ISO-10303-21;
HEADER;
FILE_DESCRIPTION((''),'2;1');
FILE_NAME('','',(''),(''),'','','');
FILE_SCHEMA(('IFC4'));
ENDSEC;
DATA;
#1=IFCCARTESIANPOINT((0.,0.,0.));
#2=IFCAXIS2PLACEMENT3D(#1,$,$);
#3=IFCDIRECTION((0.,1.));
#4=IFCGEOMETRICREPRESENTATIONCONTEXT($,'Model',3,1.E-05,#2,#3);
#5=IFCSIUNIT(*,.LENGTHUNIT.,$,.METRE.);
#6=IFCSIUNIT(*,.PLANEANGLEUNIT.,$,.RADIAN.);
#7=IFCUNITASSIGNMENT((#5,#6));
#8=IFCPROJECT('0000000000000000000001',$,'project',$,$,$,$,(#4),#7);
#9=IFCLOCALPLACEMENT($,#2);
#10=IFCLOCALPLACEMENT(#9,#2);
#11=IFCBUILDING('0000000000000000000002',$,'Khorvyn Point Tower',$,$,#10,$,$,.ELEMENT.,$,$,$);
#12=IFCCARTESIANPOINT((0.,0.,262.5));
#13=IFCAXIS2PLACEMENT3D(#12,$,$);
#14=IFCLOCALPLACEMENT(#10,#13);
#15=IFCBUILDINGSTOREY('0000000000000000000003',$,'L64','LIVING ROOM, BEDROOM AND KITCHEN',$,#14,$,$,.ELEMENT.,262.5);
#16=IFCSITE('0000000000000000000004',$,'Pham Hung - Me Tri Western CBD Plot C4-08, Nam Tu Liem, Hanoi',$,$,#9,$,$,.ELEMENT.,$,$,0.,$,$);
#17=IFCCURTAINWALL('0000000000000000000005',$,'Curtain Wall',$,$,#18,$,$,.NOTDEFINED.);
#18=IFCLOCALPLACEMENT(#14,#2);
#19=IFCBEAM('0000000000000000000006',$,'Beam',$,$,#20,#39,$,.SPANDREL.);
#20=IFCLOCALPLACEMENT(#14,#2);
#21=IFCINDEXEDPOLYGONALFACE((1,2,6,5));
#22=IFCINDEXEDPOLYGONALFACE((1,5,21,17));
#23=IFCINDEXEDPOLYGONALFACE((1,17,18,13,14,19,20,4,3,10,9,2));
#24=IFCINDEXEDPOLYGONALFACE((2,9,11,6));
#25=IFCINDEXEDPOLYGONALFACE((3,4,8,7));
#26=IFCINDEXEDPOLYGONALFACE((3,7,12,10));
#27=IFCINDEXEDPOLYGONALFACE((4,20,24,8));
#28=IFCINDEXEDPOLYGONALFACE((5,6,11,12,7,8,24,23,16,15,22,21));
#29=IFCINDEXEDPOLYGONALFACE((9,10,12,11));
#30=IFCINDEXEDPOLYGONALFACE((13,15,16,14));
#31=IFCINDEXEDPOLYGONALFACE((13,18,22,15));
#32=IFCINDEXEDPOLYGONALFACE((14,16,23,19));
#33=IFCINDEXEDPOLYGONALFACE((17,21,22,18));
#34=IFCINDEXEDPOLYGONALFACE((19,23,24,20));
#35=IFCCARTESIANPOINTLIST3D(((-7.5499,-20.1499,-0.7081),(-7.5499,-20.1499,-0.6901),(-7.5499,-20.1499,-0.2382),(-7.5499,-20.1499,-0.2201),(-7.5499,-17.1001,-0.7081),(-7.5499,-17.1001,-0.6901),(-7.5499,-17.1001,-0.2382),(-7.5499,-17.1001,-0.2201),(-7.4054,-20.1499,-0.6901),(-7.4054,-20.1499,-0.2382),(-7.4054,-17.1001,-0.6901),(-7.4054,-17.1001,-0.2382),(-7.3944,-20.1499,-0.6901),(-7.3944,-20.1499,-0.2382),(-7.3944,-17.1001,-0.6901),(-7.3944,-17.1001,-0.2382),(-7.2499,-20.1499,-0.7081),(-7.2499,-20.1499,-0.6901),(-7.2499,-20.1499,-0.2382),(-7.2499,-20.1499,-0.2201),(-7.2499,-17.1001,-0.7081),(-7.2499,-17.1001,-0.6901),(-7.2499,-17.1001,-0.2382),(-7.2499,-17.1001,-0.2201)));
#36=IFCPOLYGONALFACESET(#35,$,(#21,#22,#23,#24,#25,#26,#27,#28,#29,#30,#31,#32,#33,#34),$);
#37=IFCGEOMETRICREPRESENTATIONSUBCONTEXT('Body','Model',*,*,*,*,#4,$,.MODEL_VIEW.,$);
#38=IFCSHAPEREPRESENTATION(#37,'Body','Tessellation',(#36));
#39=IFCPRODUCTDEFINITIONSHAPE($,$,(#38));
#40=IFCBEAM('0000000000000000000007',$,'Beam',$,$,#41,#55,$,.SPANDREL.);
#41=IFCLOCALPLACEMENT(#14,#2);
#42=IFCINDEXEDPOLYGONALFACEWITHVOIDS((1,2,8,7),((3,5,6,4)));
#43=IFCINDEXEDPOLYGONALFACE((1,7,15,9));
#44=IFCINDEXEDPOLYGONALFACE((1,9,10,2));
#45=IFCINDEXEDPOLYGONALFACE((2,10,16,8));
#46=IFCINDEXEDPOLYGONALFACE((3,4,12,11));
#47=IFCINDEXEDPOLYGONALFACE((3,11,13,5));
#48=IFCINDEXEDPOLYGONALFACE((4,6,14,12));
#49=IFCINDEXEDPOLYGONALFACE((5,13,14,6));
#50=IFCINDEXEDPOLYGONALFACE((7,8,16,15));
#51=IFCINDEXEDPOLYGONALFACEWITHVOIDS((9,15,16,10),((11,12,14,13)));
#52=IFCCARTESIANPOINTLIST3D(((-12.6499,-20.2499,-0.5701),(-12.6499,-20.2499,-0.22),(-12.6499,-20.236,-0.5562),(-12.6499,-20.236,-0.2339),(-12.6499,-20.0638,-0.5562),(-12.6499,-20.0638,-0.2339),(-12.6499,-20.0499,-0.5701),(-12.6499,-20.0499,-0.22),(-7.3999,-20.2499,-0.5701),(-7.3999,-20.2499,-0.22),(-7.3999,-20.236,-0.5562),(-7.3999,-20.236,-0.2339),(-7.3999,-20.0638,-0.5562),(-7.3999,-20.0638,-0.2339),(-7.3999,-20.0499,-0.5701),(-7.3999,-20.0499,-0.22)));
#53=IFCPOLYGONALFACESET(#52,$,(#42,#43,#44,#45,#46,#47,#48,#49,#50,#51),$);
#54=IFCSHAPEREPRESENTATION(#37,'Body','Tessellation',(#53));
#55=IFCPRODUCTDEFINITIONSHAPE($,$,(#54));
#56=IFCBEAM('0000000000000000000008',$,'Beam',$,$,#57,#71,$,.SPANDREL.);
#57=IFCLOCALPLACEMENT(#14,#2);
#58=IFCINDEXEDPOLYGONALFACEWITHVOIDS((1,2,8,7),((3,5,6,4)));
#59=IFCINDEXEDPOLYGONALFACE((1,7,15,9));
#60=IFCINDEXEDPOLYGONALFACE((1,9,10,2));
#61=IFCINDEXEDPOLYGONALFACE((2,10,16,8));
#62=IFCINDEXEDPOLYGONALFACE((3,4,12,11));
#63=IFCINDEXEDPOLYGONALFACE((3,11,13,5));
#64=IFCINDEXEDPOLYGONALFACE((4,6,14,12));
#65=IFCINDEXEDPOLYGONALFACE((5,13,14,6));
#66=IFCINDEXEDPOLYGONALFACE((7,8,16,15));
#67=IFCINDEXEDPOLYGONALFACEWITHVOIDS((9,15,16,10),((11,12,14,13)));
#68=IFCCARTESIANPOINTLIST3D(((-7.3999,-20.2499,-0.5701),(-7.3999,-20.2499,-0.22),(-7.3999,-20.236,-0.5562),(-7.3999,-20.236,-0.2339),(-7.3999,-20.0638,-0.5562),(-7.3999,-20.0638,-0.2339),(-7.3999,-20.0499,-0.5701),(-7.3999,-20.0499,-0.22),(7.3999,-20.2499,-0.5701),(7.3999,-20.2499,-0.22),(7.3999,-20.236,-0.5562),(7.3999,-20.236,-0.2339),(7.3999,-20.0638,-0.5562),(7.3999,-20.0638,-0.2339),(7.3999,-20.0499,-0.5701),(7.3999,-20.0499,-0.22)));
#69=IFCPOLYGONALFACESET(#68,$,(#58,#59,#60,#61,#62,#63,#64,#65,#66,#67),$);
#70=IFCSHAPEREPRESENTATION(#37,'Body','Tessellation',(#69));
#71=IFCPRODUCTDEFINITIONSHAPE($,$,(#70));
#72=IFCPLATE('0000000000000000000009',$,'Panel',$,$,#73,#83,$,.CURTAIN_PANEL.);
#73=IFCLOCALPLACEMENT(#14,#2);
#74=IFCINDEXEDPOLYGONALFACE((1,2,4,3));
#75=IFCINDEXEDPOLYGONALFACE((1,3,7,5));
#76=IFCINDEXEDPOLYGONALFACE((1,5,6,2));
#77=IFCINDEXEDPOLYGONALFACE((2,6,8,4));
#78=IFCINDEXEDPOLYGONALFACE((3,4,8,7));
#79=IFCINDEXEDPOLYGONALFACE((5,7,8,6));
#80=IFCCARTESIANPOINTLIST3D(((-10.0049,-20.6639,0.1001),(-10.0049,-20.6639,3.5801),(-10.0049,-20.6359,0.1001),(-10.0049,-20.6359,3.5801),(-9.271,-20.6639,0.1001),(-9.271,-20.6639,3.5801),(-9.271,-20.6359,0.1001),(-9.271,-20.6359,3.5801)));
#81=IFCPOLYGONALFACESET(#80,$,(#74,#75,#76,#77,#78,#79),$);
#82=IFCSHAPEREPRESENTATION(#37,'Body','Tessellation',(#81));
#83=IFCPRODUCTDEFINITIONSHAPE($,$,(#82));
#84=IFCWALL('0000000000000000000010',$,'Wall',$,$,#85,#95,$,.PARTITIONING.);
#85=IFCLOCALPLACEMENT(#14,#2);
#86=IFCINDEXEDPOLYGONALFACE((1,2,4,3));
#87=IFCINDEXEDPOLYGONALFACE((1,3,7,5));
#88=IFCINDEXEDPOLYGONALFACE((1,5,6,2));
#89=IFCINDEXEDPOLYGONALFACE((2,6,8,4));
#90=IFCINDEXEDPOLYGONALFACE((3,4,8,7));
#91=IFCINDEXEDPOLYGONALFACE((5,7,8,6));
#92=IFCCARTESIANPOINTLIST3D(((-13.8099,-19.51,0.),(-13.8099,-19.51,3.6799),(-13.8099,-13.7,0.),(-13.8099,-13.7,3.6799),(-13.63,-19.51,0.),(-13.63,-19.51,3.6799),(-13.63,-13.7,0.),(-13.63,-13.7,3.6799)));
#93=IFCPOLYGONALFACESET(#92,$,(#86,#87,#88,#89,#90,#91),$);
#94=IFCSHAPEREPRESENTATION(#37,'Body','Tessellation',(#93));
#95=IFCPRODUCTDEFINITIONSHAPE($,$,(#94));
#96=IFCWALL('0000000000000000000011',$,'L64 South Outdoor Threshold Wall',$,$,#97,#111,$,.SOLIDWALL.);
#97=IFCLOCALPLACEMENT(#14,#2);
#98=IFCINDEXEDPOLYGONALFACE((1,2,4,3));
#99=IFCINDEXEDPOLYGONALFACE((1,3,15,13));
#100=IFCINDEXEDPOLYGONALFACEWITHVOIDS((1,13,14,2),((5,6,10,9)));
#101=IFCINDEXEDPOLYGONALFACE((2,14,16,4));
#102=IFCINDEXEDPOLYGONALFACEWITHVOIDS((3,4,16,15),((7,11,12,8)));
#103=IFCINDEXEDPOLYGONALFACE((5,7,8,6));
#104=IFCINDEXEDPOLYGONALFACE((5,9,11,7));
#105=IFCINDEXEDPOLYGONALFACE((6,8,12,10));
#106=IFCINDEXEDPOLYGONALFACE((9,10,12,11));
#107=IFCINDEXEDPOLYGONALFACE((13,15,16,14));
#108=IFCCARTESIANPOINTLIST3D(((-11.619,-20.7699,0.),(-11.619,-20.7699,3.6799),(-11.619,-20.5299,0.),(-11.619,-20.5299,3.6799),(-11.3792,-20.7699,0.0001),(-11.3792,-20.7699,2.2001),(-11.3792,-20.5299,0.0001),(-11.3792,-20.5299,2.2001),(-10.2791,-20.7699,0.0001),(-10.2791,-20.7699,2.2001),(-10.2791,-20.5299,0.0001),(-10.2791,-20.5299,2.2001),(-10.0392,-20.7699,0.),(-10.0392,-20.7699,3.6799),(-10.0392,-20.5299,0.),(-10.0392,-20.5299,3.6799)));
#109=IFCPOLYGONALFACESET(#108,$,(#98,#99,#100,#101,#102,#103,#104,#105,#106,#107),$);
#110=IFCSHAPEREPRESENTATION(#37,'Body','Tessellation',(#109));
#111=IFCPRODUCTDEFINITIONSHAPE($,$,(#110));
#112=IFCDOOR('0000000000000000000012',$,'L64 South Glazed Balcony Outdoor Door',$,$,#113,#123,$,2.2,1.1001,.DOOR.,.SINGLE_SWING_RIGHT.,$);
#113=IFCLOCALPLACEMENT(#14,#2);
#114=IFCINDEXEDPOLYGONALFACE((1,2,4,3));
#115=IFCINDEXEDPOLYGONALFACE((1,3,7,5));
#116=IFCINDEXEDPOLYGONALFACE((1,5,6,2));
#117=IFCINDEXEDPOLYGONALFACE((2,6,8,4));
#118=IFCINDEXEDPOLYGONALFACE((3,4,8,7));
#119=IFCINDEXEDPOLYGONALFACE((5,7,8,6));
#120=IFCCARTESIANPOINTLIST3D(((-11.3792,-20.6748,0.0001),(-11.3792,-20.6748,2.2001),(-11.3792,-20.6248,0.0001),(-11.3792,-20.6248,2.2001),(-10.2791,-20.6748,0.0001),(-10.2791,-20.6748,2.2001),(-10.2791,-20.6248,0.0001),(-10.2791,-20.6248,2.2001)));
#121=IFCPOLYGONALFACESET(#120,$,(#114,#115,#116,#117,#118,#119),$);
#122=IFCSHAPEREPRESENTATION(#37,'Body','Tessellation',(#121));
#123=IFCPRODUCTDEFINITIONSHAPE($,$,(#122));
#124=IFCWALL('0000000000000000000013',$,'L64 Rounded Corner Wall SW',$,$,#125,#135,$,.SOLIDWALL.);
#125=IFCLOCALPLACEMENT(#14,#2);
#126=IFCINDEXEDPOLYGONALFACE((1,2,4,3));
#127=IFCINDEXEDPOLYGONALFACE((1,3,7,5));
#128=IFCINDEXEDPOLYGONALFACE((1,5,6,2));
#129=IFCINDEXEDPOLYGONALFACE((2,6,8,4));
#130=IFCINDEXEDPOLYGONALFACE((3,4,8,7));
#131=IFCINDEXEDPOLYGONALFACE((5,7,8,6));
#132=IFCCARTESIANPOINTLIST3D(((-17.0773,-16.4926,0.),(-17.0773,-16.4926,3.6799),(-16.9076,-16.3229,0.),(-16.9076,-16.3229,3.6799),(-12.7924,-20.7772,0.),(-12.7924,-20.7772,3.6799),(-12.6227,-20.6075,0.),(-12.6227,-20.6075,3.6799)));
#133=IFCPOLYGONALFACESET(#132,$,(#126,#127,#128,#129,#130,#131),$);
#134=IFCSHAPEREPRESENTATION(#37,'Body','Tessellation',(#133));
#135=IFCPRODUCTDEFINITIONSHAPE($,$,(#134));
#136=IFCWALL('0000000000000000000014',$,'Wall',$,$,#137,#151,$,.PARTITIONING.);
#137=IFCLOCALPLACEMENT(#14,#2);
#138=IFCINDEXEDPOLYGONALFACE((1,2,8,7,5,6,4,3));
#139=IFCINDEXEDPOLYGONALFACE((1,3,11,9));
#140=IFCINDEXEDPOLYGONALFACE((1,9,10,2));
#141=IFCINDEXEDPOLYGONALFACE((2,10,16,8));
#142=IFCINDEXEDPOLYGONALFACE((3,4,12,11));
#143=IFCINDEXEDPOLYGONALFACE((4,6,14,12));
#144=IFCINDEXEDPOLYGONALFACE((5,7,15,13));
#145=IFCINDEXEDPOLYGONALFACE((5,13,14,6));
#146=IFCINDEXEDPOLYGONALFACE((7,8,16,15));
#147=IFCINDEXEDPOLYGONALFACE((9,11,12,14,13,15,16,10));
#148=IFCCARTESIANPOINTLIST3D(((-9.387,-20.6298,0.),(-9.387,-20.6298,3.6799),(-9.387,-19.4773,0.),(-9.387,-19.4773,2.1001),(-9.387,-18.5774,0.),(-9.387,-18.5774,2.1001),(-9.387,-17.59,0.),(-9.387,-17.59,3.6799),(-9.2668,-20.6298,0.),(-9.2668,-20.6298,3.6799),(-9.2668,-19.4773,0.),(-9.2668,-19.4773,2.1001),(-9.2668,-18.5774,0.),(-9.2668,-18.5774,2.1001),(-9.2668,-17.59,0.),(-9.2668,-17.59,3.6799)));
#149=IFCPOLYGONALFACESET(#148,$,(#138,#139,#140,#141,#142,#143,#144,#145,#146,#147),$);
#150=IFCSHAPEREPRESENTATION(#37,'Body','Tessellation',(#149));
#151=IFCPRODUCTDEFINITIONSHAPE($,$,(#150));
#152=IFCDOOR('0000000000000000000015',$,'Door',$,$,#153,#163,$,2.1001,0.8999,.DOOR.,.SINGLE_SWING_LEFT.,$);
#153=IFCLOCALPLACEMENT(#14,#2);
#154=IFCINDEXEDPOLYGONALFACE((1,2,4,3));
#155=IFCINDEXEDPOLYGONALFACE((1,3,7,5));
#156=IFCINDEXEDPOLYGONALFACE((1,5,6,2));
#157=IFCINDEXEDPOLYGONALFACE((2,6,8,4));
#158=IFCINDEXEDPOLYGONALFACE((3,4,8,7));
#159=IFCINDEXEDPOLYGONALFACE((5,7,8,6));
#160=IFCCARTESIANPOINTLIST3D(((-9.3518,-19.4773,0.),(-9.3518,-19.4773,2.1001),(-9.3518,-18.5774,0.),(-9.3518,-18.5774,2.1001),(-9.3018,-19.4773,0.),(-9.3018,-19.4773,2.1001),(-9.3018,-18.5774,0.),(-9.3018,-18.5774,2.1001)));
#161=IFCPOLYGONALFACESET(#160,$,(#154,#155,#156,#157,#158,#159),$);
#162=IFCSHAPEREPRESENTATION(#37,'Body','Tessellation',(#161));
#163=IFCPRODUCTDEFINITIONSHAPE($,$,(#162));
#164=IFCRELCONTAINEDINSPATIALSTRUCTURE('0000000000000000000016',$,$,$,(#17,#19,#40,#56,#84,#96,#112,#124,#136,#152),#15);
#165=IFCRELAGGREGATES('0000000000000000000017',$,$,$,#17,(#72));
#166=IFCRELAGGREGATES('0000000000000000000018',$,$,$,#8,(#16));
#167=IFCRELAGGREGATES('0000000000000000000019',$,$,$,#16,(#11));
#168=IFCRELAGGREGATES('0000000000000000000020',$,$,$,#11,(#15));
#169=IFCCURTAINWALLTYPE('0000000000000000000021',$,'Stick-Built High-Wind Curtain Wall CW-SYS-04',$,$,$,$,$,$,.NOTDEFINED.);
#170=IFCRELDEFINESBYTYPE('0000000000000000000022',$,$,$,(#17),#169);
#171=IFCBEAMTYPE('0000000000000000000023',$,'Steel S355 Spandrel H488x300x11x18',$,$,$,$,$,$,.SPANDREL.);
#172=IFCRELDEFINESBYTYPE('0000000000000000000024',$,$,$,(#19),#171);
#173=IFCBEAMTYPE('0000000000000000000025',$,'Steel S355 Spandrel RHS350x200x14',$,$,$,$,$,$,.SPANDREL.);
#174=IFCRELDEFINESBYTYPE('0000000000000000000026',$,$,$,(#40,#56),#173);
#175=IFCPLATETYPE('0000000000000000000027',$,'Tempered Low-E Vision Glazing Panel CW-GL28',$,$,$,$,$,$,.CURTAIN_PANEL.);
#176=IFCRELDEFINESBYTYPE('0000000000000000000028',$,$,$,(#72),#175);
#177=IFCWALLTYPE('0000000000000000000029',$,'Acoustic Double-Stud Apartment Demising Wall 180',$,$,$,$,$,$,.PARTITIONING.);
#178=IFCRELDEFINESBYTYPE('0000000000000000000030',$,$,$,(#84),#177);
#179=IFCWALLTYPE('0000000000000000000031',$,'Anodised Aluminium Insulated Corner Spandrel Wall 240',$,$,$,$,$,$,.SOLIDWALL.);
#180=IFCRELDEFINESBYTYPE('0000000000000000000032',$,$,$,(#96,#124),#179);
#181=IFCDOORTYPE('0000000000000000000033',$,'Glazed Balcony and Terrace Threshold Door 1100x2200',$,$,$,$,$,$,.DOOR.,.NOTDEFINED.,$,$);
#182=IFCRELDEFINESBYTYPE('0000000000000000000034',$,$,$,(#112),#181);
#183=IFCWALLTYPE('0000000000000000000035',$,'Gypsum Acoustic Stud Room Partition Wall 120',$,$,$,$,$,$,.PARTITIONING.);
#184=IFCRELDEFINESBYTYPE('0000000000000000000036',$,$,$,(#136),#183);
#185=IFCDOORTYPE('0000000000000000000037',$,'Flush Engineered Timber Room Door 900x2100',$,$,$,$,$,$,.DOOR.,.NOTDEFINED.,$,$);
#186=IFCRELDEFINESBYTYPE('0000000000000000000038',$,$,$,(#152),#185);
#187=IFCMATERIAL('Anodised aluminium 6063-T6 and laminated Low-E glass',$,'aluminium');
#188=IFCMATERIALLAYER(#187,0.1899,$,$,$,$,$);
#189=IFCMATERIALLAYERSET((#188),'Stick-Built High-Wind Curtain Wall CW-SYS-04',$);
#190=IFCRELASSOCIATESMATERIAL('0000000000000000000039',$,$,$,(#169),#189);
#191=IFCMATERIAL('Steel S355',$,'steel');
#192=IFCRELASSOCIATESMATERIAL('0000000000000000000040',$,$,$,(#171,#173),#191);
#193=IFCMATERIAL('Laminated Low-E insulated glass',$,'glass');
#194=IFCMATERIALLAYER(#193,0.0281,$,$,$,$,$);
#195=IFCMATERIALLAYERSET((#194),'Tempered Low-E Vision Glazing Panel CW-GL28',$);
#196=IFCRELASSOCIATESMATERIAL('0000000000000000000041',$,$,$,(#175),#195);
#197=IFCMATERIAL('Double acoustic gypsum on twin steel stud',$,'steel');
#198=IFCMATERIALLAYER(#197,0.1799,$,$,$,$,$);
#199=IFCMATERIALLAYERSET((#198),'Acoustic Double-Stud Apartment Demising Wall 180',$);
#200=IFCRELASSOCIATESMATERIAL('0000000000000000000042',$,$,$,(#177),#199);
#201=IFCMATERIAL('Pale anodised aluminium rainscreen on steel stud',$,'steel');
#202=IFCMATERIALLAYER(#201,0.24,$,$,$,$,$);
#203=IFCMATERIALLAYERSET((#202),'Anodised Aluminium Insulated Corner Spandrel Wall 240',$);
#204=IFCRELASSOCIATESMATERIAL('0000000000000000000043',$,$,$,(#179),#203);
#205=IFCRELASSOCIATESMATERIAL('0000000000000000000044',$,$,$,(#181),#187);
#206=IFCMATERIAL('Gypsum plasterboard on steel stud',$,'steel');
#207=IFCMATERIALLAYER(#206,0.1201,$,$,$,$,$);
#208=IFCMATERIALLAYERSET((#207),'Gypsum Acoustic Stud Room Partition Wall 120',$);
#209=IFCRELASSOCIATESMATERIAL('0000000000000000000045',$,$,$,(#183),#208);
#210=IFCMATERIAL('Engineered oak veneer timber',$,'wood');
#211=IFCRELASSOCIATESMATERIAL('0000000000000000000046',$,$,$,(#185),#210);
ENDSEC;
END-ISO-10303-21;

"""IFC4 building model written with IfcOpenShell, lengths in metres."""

from ifc_helpers import new_model, si_unit, direction, frame, frame_2d, origin, origin_2d, place, context, subcontext, project, spatial, rectangle, hollow_rectangle, i_section, extrude, material, layer, layer_set, material_profile, profile_set, type_object, element, fill, aggregate, save


model = new_model("IFC4")

# Units and contexts
model_context = context("Model", 3, precision=1e-05, world=origin(), true_north=direction((0.0, 1.0)))
body_context = subcontext(model_context, "Body", "Model", "MODEL_VIEW")
ifc_project = project(units=[si_unit("LENGTHUNIT", "METRE"), si_unit("PLANEANGLEUNIT", "RADIAN")], contexts=[model_context])

# Site, building, storey
site_placement = place(None, origin())
site = spatial("IfcSite", under=ifc_project, at=site_placement, Name="Pham Hung - Me Tri Western CBD Plot C4-08, Nam Tu Liem, Hanoi", CompositionType="ELEMENT", RefElevation=0.0)
building_placement = place(site_placement, origin())
building = spatial("IfcBuilding", under=site, at=building_placement, Name="Khorvyn Point Tower", CompositionType="ELEMENT")
storey_placement = place(building_placement, frame((0.0, 0.0, 262.5)))
storey = spatial("IfcBuildingStorey", under=building, at=storey_placement, Name="L64", Description="LIVING ROOM, BEDROOM AND KITCHEN", CompositionType="ELEMENT", Elevation=262.5)

# Shared definitions
ifc_material_1 = material(Name="Steel S355", Category="steel")

# Curtain wall
ifc_material_2 = material(Name="Anodised aluminium 6063-T6 and laminated Low-E glass", Category="aluminium")
ifc_layer_1 = layer(ifc_material_2, 0.1899)
ifc_layer_set_1 = layer_set([ifc_layer_1], Name="Stick-Built High-Wind Curtain Wall CW-SYS-04")
curtain_wall_type = type_object("IfcCurtainWallType", Name="Stick-Built High-Wind Curtain Wall CW-SYS-04", PredefinedType="NOTDEFINED", material=ifc_layer_set_1)
curtain_wall_1_placement = place(storey_placement, origin())
curtain_wall_1 = element("IfcCurtainWall", 1, at=curtain_wall_1_placement, inside=storey, type_object=curtain_wall_type, Name="Curtain Wall", PredefinedType="NOTDEFINED")

# Beams
ifc_material_profile_1 = material_profile(ifc_material_1, i_section(OverallWidth=0.3, OverallDepth=0.488, WebThickness=0.011, FlangeThickness=0.0181, at=origin_2d()))
ifc_profile_set_1 = profile_set([ifc_material_profile_1], Name="Steel S355 H488x300x11x18")
beam_type_1 = type_object("IfcBeamType", Name="Steel S355 Spandrel H488x300x11x18", PredefinedType="SPANDREL", material=ifc_profile_set_1)
beam_1_placement = place(storey_placement, frame((-7.3999, -20.1499, -0.4641), z_axis=(0.0, 1.0, 0.0), x_axis=(-1.0, 0.0, 0.0)))
element("IfcBeam", 2, at=beam_1_placement, inside=storey, type_object=beam_type_1, Name="Beam", PredefinedType="SPANDREL", context=body_context, shape_type="SweptSolid", body=[
    extrude(i_section(OverallWidth=0.3, OverallDepth=0.488, WebThickness=0.011, FlangeThickness=0.0181, at=origin_2d()), origin(), (0.0, 0.0, 1.0), 3.0498),
])
ifc_material_profile_2 = material_profile(ifc_material_1, hollow_rectangle(XDim=0.2, YDim=0.3501, WallThickness=0.0139, at=origin_2d()))
ifc_profile_set_2 = profile_set([ifc_material_profile_2], Name="Steel S355 RHS350x200x14")
beam_type_2 = type_object("IfcBeamType", Name="Steel S355 Spandrel RHS350x200x14", PredefinedType="SPANDREL", material=ifc_profile_set_2)
beam_2_placement = place(storey_placement, frame((-12.6499, -20.1499, -0.395), z_axis=(1.0, 0.0, 0.0), x_axis=(0.0, 1.0, 0.0)))
element("IfcBeam", 3, at=beam_2_placement, inside=storey, type_object=beam_type_2, Name="Beam", PredefinedType="SPANDREL", context=body_context, shape_type="SweptSolid", body=[
    extrude(hollow_rectangle(XDim=0.2, YDim=0.3501, WallThickness=0.0139, at=origin_2d()), origin(), (0.0, 0.0, 1.0), 5.25),
])
beam_3_placement = place(storey_placement, frame((-7.3999, -20.1499, -0.395), z_axis=(1.0, 0.0, 0.0), x_axis=(0.0, 1.0, 0.0)))
element("IfcBeam", 4, at=beam_3_placement, inside=storey, type_object=beam_type_2, Name="Beam", PredefinedType="SPANDREL", context=body_context, shape_type="SweptSolid", body=[
    extrude(hollow_rectangle(XDim=0.2, YDim=0.3501, WallThickness=0.0139, at=origin_2d()), origin(), (0.0, 0.0, 1.0), 14.7998),
])

# Plate
ifc_material_3 = material(Name="Laminated Low-E insulated glass", Category="glass")
ifc_layer_2 = layer(ifc_material_3, 0.0281)
ifc_layer_set_2 = layer_set([ifc_layer_2], Name="Tempered Low-E Vision Glazing Panel CW-GL28")
plate_type = type_object("IfcPlateType", Name="Tempered Low-E Vision Glazing Panel CW-GL28", PredefinedType="CURTAIN_PANEL", material=ifc_layer_set_2)
plate_placement = place(storey_placement, frame((-9.6379, -20.6499, 0.1001), z_axis=(0.0, 0.0, 1.0), x_axis=(-1.0, 0.0, 0.0)))
plate = element("IfcPlate", 5, at=plate_placement, type_object=plate_type, Name="Panel", PredefinedType="CURTAIN_PANEL", context=body_context, shape_type="SweptSolid", body=[
    extrude(rectangle(XDim=0.7339, YDim=0.0281, at=origin_2d()), origin(), (0.0, 0.0, 1.0), 3.48),
])
aggregate(curtain_wall_1, [plate])

# Wall
ifc_material_4 = material(Name="Double acoustic gypsum on twin steel stud", Category="steel")
ifc_layer_3 = layer(ifc_material_4, 0.1799)
ifc_layer_set_3 = layer_set([ifc_layer_3], Name="Acoustic Double-Stud Apartment Demising Wall 180")
wall_type_1 = type_object("IfcWallType", Name="Acoustic Double-Stud Apartment Demising Wall 180", PredefinedType="PARTITIONING", material=ifc_layer_set_3)
wall_1_placement = place(storey_placement, frame((-13.72, -19.51, 0.0), z_axis=(0.0, 0.0, 1.0), x_axis=(0.0, 1.0, 0.0)))
element("IfcWall", 6, at=wall_1_placement, inside=storey, type_object=wall_type_1, Name="Wall", PredefinedType="PARTITIONING", context=body_context, shape_type="SweptSolid", body=[
    extrude(rectangle(XDim=5.8101, YDim=0.1799, at=frame_2d((2.905, 0.0))), origin(), (0.0, 0.0, 1.0), 3.6799),
])

# Wall, opening, door
ifc_material_5 = material(Name="Pale anodised aluminium rainscreen on steel stud", Category="steel")
ifc_layer_4 = layer(ifc_material_5, 0.24)
ifc_layer_set_4 = layer_set([ifc_layer_4], Name="Anodised Aluminium Insulated Corner Spandrel Wall 240")
wall_type_2 = type_object("IfcWallType", Name="Anodised Aluminium Insulated Corner Spandrel Wall 240", PredefinedType="SOLIDWALL", material=ifc_layer_set_4)
wall_2_placement = place(storey_placement, frame((-10.0391, -20.6499, 0.0), z_axis=(0.0, 0.0, 1.0), x_axis=(-1.0, 0.0, 0.0)))
wall_2 = element("IfcWall", 7, at=wall_2_placement, inside=storey, type_object=wall_type_2, Name="L64 South Outdoor Threshold Wall", PredefinedType="SOLIDWALL", context=body_context, shape_type="SweptSolid", body=[
    extrude(rectangle(XDim=1.5798, YDim=0.24, at=frame_2d((0.79, 0.0))), origin(), (0.0, 0.0, 1.0), 3.6799),
])
opening_1_placement = place(wall_2_placement, frame((0.24, 0.0, 0.0)))
opening_1 = element("IfcOpeningElement", 8, at=opening_1_placement, cuts=wall_2, PredefinedType="OPENING", context=body_context, shape_type="SweptSolid", body=[
    extrude(rectangle(XDim=1.1001, YDim=2.2, at=frame_2d((0.55, 1.1001))), frame((0.0, 0.1299, 0.0), z_axis=(0.0, -1.0, 0.0), x_axis=(1.0, 0.0, 0.0)), (0.0, 0.0, 1.0), 0.26),
])
door_type_1 = type_object("IfcDoorType", Name="Glazed Balcony and Terrace Threshold Door 1100x2200", OperationType="NOTDEFINED", PredefinedType="DOOR", material=ifc_material_2)
door_1_placement = place(opening_1_placement, origin())
door_1 = element("IfcDoor", 9, at=door_1_placement, inside=storey, type_object=door_type_1, Name="L64 South Glazed Balcony Outdoor Door", OperationType="SINGLE_SWING_RIGHT", OverallHeight=2.2, OverallWidth=1.1001, PredefinedType="DOOR", context=body_context, shape_type="SweptSolid", body=[
    extrude(rectangle(XDim=1.1001, YDim=2.2, at=frame_2d((0.55, 1.1001))), frame((0.0, 0.0249, 0.0), z_axis=(0.0, -1.0, 0.0), x_axis=(1.0, 0.0, 0.0)), (0.0, 0.0, 1.0), 0.05),
])
fill(opening_1, door_1)

# Wall
wall_3_placement = place(storey_placement, frame((-12.7075, -20.6924, 0.0), z_axis=(0.0, 0.0, 1.0), x_axis=(-0.707127, 0.707087, 0.0)))
element("IfcWall", 10, at=wall_3_placement, inside=storey, type_object=wall_type_2, Name="L64 Rounded Corner Wall SW", PredefinedType="SOLIDWALL", context=body_context, shape_type="SweptSolid", body=[
    extrude(rectangle(XDim=6.0596, YDim=0.24, at=frame_2d((3.0298, 0.0))), origin(), (0.0, 0.0, 1.0), 3.6799),
])

# Wall, opening, door
ifc_material_6 = material(Name="Gypsum plasterboard on steel stud", Category="steel")
ifc_layer_5 = layer(ifc_material_6, 0.1201)
ifc_layer_set_5 = layer_set([ifc_layer_5], Name="Gypsum Acoustic Stud Room Partition Wall 120")
wall_type_3 = type_object("IfcWallType", Name="Gypsum Acoustic Stud Room Partition Wall 120", PredefinedType="PARTITIONING", material=ifc_layer_set_5)
wall_4_placement = place(storey_placement, frame((-9.3269, -20.6299, 0.0), z_axis=(0.0, 0.0, 1.0), x_axis=(0.0, 1.0, 0.0)))
wall_4 = element("IfcWall", 11, at=wall_4_placement, inside=storey, type_object=wall_type_3, Name="Wall", PredefinedType="PARTITIONING", context=body_context, shape_type="SweptSolid", body=[
    extrude(rectangle(XDim=3.0398, YDim=0.1201, at=frame_2d((1.52, 0.0))), origin(), (0.0, 0.0, 1.0), 3.6799),
])
opening_2_placement = place(wall_4_placement, frame((1.1526, 0.0, 0.0)))
opening_2 = element("IfcOpeningElement", 12, at=opening_2_placement, cuts=wall_4, PredefinedType="OPENING", context=body_context, shape_type="SweptSolid", body=[
    extrude(rectangle(XDim=0.8999, YDim=2.1001, at=frame_2d((0.45, 1.05))), frame((0.0, 0.0701, 0.0), z_axis=(0.0, -1.0, 0.0), x_axis=(1.0, 0.0, 0.0)), (0.0, 0.0, 1.0), 0.1401),
])
ifc_material_7 = material(Name="Engineered oak veneer timber", Category="wood")
door_type_2 = type_object("IfcDoorType", Name="Flush Engineered Timber Room Door 900x2100", OperationType="NOTDEFINED", PredefinedType="DOOR", material=ifc_material_7)
door_2_placement = place(opening_2_placement, origin())
door_2 = element("IfcDoor", 13, at=door_2_placement, inside=storey, type_object=door_type_2, Name="Door", OperationType="SINGLE_SWING_LEFT", OverallHeight=2.1001, OverallWidth=0.8999, PredefinedType="DOOR", context=body_context, shape_type="SweptSolid", body=[
    extrude(rectangle(XDim=0.8999, YDim=2.1001, at=frame_2d((0.45, 1.05))), frame((0.0, 0.0249, 0.0), z_axis=(0.0, -1.0, 0.0), x_axis=(1.0, 0.0, 0.0)), (0.0, 0.0, 1.0), 0.05),
])
fill(opening_2, door_2)

save(model, "model.ifc")
